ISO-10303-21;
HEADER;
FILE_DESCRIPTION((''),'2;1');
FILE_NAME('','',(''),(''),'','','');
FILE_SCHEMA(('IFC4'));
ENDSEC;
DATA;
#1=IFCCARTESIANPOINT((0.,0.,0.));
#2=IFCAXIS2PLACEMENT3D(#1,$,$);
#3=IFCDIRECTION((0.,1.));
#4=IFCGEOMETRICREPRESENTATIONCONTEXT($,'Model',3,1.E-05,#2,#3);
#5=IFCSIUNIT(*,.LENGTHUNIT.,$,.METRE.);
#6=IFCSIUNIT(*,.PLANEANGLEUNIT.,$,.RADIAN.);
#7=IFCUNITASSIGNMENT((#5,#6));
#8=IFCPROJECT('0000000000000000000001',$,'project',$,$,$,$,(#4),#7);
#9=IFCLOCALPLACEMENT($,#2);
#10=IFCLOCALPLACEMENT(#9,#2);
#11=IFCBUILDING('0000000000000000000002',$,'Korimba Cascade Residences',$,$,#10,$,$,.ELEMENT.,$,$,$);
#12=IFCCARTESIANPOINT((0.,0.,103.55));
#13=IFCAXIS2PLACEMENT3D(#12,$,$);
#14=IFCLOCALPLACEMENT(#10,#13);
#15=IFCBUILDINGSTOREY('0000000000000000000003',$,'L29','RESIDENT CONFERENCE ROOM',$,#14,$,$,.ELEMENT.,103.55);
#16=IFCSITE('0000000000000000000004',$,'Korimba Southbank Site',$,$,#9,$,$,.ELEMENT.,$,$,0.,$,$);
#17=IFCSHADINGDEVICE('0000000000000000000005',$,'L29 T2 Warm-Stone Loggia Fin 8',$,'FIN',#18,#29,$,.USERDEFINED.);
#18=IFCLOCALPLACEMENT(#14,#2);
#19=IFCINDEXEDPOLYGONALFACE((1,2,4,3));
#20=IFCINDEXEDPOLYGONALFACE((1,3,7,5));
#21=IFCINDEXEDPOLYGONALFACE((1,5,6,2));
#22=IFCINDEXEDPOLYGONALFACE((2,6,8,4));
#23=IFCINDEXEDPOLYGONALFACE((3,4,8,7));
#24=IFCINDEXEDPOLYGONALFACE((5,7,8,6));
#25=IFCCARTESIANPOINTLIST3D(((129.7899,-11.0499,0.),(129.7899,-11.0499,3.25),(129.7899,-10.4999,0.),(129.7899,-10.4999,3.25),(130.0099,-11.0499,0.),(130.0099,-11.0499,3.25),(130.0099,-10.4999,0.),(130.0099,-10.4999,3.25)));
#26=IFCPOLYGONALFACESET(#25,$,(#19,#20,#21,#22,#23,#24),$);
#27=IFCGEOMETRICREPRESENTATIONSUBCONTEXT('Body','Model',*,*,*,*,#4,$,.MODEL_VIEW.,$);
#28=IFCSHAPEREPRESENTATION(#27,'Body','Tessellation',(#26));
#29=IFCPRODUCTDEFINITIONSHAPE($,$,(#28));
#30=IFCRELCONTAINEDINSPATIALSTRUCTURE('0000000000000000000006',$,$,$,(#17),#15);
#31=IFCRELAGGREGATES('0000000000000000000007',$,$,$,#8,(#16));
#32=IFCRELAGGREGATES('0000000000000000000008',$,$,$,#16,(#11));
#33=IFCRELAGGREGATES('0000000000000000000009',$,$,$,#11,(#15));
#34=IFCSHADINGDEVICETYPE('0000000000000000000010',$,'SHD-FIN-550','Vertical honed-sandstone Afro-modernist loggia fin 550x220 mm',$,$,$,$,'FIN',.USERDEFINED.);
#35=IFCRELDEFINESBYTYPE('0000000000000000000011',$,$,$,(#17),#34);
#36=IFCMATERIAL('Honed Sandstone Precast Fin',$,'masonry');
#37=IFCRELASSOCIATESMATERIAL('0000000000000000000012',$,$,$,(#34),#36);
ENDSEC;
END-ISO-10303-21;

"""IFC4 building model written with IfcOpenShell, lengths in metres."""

from ifc_helpers import new_model, si_unit, direction, frame, origin, origin_2d, place, context, subcontext, project, spatial, rectangle, extrude, material, type_object, element, save


model = new_model("IFC4")

# Units and contexts
model_context = context("Model", 3, precision=1e-05, world=origin(), true_north=direction((0.0, 1.0)))
body_context = subcontext(model_context, "Body", "Model", "MODEL_VIEW")
ifc_project = project(units=[si_unit("LENGTHUNIT", "METRE"), si_unit("PLANEANGLEUNIT", "RADIAN")], contexts=[model_context])

# Site, building, storey
site_placement = place(None, origin())
site = spatial("IfcSite", under=ifc_project, at=site_placement, Name="Korimba Southbank Site", CompositionType="ELEMENT", RefElevation=0.0)
building_placement = place(site_placement, origin())
building = spatial("IfcBuilding", under=site, at=building_placement, Name="Korimba Cascade Residences", CompositionType="ELEMENT")
storey_placement = place(building_placement, frame((0.0, 0.0, 103.55)))
storey = spatial("IfcBuildingStorey", under=building, at=storey_placement, Name="L29", Description="RESIDENT CONFERENCE ROOM", CompositionType="ELEMENT", Elevation=103.55)

# Shading device
ifc_material_1 = material(Name="Honed Sandstone Precast Fin", Category="masonry")
shading_device_type = type_object("IfcShadingDeviceType", Name="SHD-FIN-550", Description="Vertical honed-sandstone Afro-modernist loggia fin 550x220 mm", ElementType="FIN", PredefinedType="USERDEFINED", material=ifc_material_1)
for number, where, z_axis, x_axis, name in (
    (1, (129.8999, -10.7749, 0.0), (0.0, 0.0, 1.0), (1.0, 0.0, 0.0), "L29 T2 Warm-Stone Loggia Fin 8"),
):
    element("IfcShadingDevice", number, at=place(storey_placement, frame(where, z_axis=z_axis, x_axis=x_axis)), inside=storey, type_object=shading_device_type, Name=name, ObjectType="FIN", PredefinedType="USERDEFINED", context=body_context, shape_type="SweptSolid", body=[
        extrude(rectangle(XDim=0.22, YDim=0.55, at=origin_2d()), origin(), (0.0, 0.0, 1.0), 3.25),
    ])

save(model, "model.ifc")
